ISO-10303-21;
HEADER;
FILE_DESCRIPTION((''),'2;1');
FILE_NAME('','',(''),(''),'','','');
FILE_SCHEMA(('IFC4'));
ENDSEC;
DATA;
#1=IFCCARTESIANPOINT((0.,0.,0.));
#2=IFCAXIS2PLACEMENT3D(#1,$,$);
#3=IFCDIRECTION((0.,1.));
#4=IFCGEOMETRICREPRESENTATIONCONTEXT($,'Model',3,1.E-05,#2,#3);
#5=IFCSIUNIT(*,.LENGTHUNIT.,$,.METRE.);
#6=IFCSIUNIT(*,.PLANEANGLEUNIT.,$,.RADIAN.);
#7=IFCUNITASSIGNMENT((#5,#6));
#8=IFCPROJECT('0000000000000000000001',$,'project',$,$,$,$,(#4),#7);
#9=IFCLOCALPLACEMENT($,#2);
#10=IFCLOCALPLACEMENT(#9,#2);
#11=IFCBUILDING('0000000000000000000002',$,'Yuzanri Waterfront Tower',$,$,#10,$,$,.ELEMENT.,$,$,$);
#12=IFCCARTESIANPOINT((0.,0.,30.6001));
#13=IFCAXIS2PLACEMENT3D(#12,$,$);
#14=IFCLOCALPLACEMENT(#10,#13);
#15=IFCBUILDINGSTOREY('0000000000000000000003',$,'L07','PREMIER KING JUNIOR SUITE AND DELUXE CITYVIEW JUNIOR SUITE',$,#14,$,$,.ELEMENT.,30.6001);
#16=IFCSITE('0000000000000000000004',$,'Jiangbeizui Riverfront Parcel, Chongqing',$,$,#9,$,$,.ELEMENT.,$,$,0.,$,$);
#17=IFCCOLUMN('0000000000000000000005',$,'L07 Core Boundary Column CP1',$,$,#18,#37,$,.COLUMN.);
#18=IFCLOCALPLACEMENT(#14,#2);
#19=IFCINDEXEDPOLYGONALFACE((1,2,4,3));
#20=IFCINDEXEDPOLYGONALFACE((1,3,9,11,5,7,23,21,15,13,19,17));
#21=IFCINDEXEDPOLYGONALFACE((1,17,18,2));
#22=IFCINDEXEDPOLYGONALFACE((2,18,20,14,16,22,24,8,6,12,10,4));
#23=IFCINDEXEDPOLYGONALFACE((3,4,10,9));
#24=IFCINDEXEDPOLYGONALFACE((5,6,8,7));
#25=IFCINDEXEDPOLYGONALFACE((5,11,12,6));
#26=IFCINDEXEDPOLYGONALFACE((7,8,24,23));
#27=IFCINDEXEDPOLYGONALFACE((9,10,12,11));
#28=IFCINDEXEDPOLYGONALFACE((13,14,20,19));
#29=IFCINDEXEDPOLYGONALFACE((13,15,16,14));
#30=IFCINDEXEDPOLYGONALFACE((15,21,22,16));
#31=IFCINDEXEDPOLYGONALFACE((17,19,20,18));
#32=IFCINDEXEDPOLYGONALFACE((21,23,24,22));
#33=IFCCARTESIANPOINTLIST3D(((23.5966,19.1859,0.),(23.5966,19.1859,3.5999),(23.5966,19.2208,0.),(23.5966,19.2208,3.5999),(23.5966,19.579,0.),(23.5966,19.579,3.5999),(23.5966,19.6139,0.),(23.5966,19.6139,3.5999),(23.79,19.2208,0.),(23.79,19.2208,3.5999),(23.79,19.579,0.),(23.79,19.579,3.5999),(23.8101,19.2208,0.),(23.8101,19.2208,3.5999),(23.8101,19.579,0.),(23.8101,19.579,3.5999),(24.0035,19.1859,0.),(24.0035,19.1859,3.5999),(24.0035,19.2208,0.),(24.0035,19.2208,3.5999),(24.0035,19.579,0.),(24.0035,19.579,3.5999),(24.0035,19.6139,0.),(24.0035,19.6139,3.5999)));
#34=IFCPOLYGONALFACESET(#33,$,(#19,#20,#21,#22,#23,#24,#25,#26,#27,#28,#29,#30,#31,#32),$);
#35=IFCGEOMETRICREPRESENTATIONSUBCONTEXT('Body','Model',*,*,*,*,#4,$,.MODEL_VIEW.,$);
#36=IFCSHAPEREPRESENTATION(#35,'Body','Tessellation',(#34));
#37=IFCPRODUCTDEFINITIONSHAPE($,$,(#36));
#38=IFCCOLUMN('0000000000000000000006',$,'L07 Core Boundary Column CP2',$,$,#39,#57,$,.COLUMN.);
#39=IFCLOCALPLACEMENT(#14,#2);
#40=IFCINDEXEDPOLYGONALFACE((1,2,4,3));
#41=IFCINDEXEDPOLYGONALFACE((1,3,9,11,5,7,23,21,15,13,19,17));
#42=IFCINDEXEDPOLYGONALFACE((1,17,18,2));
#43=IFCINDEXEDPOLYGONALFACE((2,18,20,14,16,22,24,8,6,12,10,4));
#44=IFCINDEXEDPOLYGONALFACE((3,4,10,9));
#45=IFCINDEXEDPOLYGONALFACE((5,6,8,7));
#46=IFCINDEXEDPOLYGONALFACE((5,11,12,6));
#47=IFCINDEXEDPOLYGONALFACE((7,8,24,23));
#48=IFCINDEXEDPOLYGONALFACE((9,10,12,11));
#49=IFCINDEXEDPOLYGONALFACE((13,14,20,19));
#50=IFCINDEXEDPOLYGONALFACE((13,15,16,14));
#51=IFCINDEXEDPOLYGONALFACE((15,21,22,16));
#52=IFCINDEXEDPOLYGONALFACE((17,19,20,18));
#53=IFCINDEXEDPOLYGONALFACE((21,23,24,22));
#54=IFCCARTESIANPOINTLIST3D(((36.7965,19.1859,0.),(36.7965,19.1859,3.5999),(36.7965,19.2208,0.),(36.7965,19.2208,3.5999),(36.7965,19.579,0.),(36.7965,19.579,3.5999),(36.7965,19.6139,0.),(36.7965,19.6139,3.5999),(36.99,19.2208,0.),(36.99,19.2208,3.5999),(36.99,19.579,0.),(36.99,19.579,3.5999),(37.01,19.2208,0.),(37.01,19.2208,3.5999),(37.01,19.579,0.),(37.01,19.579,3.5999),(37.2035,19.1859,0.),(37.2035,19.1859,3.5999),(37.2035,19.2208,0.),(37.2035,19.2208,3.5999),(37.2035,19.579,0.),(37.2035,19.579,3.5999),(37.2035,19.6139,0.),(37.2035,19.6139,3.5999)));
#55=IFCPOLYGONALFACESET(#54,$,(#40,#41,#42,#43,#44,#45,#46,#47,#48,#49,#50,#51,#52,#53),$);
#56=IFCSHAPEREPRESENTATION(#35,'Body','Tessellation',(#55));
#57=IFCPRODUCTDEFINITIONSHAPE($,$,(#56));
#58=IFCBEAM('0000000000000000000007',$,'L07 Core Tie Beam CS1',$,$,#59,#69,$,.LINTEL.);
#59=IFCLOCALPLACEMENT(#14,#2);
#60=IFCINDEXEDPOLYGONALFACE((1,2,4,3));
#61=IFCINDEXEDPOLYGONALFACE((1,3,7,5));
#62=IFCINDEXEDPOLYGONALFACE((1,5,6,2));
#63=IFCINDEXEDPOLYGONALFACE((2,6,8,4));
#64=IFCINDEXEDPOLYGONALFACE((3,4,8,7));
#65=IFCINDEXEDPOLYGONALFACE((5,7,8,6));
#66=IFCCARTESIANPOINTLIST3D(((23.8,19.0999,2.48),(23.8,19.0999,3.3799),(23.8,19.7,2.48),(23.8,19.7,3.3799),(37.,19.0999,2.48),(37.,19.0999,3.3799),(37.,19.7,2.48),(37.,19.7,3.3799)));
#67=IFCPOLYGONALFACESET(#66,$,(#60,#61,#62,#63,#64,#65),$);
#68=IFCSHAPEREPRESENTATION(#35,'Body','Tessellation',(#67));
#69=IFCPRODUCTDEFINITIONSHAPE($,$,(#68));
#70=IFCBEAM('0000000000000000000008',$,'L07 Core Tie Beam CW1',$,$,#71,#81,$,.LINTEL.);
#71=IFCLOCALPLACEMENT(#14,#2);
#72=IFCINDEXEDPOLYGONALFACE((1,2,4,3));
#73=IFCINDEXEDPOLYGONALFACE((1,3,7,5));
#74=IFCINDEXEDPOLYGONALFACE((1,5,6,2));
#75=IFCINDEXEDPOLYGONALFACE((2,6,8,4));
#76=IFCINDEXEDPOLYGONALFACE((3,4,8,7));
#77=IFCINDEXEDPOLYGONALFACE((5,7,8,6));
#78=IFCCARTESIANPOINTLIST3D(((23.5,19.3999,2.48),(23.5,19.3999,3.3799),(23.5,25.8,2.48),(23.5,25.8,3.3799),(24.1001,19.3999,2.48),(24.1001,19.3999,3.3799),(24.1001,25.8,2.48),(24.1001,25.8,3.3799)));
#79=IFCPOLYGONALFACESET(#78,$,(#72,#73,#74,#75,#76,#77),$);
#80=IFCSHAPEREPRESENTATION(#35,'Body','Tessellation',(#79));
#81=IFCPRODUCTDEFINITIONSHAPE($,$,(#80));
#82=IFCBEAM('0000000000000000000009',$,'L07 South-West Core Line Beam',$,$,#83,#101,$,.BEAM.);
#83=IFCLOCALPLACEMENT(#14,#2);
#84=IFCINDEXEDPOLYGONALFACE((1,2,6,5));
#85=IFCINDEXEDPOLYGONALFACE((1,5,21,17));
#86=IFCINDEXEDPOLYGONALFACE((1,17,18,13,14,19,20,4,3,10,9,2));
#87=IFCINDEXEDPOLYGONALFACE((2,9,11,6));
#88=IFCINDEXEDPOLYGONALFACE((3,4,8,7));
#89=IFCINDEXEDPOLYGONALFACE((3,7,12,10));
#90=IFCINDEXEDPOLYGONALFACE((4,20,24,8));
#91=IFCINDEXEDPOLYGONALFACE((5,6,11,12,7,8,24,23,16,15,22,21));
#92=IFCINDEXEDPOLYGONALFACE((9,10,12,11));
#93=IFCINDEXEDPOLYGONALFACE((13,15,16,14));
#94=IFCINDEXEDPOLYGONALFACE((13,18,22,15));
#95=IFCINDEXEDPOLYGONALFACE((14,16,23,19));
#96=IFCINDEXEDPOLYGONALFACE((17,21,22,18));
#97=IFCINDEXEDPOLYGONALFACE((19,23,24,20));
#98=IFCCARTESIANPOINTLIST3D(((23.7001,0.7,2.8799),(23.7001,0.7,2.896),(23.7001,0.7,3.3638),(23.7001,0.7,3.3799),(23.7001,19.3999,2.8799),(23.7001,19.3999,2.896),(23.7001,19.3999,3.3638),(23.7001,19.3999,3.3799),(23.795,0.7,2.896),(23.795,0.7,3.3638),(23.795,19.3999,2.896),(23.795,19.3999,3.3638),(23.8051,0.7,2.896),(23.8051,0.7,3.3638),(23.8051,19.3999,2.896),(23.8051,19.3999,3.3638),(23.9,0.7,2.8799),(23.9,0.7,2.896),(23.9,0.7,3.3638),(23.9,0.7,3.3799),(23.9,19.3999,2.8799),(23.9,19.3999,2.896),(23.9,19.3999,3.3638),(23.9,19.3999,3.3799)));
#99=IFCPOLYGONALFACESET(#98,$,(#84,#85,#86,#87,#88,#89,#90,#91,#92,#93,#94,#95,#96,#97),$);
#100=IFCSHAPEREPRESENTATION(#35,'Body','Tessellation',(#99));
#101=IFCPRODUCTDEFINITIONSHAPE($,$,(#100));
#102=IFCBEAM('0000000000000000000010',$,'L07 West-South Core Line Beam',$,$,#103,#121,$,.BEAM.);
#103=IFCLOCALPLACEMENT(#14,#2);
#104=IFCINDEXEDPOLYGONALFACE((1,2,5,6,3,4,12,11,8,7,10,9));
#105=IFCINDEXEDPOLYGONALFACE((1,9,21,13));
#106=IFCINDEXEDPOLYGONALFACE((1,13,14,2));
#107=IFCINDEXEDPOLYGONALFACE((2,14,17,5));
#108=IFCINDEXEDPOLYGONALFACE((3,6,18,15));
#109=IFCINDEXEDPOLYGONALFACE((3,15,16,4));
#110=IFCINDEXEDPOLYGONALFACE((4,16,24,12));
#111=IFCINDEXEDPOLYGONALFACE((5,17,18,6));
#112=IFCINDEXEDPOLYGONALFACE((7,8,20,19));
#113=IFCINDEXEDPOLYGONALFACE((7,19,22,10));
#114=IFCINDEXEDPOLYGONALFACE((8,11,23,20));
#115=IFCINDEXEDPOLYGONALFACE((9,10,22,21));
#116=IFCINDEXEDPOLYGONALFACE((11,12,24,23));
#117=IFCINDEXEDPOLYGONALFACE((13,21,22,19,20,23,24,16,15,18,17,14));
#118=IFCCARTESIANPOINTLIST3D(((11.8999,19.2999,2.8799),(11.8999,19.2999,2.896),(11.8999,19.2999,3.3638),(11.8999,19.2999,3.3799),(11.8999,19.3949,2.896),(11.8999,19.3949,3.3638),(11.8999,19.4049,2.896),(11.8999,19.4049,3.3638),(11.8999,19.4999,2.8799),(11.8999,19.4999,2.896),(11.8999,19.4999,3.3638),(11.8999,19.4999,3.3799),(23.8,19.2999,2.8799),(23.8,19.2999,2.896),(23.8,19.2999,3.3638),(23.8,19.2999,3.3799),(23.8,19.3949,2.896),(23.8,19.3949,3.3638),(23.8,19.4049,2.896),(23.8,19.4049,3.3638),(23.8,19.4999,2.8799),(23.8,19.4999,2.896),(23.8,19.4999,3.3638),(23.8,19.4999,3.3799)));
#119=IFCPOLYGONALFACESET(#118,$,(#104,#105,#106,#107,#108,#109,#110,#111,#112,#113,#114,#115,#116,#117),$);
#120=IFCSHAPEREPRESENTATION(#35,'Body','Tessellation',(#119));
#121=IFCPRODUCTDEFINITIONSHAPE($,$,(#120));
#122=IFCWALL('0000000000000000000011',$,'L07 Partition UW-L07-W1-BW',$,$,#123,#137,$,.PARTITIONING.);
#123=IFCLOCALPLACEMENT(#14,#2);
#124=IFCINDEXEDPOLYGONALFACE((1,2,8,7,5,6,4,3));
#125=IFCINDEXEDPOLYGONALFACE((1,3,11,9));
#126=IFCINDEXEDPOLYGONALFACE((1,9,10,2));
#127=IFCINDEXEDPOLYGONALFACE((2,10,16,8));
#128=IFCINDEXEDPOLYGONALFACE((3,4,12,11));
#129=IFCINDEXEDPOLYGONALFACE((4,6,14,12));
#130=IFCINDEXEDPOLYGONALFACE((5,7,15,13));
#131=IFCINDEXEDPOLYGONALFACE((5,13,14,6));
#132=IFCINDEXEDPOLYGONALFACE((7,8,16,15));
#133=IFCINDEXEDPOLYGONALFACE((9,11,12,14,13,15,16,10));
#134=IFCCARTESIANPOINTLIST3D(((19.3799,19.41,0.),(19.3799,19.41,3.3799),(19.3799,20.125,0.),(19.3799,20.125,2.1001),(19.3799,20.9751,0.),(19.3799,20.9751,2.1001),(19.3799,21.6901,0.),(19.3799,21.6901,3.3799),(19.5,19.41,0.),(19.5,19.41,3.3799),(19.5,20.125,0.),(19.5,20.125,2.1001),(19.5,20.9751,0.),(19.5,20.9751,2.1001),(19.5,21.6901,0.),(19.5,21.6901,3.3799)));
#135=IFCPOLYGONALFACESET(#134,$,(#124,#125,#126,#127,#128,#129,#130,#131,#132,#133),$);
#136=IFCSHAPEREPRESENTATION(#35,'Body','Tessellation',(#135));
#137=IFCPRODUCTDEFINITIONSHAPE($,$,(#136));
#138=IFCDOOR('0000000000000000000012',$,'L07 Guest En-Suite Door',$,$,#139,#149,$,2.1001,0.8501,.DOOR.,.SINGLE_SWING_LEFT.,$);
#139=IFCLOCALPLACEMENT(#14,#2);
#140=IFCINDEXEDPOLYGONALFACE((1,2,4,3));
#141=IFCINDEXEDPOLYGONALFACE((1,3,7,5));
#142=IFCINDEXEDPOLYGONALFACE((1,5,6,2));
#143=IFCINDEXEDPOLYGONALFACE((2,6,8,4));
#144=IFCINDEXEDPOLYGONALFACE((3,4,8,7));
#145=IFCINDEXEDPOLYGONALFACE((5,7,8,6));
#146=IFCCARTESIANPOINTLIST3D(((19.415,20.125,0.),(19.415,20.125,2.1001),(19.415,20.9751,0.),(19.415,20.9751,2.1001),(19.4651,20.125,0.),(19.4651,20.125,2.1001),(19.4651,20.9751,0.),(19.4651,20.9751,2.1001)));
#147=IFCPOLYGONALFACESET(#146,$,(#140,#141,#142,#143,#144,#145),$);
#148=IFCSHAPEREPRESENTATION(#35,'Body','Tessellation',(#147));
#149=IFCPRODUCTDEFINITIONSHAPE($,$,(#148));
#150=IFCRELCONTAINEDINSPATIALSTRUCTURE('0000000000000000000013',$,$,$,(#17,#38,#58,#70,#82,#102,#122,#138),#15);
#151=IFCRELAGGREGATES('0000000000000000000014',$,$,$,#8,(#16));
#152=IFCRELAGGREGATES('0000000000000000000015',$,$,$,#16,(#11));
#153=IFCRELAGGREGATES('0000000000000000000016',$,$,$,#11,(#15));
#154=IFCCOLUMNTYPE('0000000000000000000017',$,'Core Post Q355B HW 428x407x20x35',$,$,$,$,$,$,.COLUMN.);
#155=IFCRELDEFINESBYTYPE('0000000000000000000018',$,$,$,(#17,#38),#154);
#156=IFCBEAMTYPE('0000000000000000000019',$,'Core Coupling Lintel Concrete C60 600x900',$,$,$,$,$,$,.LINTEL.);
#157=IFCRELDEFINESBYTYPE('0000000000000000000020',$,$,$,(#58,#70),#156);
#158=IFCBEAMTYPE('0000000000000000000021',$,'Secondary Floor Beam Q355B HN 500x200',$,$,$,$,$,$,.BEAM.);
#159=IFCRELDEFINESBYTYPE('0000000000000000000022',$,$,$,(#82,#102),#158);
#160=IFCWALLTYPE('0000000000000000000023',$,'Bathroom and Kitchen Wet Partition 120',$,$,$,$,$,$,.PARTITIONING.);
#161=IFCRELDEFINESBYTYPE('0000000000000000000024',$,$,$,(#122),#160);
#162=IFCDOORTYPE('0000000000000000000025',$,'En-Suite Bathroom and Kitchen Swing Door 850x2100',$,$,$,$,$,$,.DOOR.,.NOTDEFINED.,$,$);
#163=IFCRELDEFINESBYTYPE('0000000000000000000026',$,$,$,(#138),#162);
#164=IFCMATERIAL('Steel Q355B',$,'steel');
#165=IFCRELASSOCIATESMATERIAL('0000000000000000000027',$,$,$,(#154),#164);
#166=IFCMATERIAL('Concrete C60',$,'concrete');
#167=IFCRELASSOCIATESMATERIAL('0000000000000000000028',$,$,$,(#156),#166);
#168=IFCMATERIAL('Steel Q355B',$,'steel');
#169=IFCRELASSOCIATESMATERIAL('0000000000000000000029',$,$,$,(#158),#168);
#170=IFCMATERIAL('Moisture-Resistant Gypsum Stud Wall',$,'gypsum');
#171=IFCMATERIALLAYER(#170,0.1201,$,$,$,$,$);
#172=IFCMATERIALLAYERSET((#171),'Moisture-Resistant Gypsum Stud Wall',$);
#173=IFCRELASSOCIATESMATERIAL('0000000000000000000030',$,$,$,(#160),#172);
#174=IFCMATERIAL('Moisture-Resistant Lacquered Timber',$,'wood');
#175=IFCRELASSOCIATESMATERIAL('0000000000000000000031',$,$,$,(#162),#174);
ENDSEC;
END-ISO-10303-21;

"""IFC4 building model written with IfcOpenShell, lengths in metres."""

from ifc_helpers import new_model, si_unit, direction, frame, frame_2d, origin, origin_2d, place, context, subcontext, project, spatial, rectangle, i_section, extrude, source, transform, mapped, material, layer, layer_set, material_profile, profile_set, type_object, element, fill, save


model = new_model("IFC4")

# Units and contexts
model_context = context("Model", 3, precision=1e-05, world=origin(), true_north=direction((0.0, 1.0)))
body_context = subcontext(model_context, "Body", "Model", "MODEL_VIEW")
ifc_project = project(units=[si_unit("LENGTHUNIT", "METRE"), si_unit("PLANEANGLEUNIT", "RADIAN")], contexts=[model_context])

# Site, building, storey
site_placement = place(None, origin())
site = spatial("IfcSite", under=ifc_project, at=site_placement, Name="Jiangbeizui Riverfront Parcel, Chongqing", CompositionType="ELEMENT", RefElevation=0.0)
building_placement = place(site_placement, origin())
building = spatial("IfcBuilding", under=site, at=building_placement, Name="Yuzanri Waterfront Tower", CompositionType="ELEMENT")
storey_placement = place(building_placement, frame((0.0, 0.0, 30.6001)))
storey = spatial("IfcBuildingStorey", under=building, at=storey_placement, Name="L07", Description="PREMIER KING JUNIOR SUITE AND DELUXE CITYVIEW JUNIOR SUITE", CompositionType="ELEMENT", Elevation=30.6001)

# Columns
ifc_material_1 = material(Name="Steel Q355B", Category="steel")
ifc_material_profile_1 = material_profile(ifc_material_1, i_section(OverallWidth=0.407, OverallDepth=0.428, WebThickness=0.02, FlangeThickness=0.0349, at=origin_2d()), Name="HW 428x407x20x35")
ifc_profile_set_1 = profile_set([ifc_material_profile_1], Name="Steel Q355B")
column_type = type_object("IfcColumnType", Name="Core Post Q355B HW 428x407x20x35", PredefinedType="COLUMN", material=ifc_profile_set_1)
shared_shape_1 = source(origin(), body_context, "Body", "SweptSolid", [
    extrude(i_section(OverallWidth=0.407, OverallDepth=0.428, WebThickness=0.02, FlangeThickness=0.0349, at=origin_2d()), origin(), (0.0, 0.0, 1.0), 3.5999),
])
for number, where, z_axis, x_axis, name in (
    (1, (23.8, 19.3999, 0.0), (0.0, 0.0, 1.0), (1.0, 0.0, 0.0), "L07 Core Boundary Column CP1"),
    (2, (37.0, 19.3999, 0.0), (0.0, 0.0, 1.0), (1.0, 0.0, 0.0), "L07 Core Boundary Column CP2"),
):
    element("IfcColumn", number, at=place(storey_placement, frame(where, z_axis=z_axis, x_axis=x_axis)), inside=storey, type_object=column_type, Name=name, PredefinedType="COLUMN", context=body_context, shape_type="MappedRepresentation", body=[
        mapped(shared_shape_1, transform((0.0, 0.0, 0.0), scale=1.0)),
    ])

# Beams
ifc_material_2 = material(Name="Concrete C60", Category="concrete")
ifc_material_profile_2 = material_profile(ifc_material_2, rectangle(XDim=0.6001, YDim=0.8999, at=origin_2d()), Name="RC 600x900")
ifc_profile_set_2 = profile_set([ifc_material_profile_2], Name="Concrete C60")
beam_type_1 = type_object("IfcBeamType", Name="Core Coupling Lintel Concrete C60 600x900", PredefinedType="LINTEL", material=ifc_profile_set_2)
shared_shape_2 = source(origin(), body_context, "Body", "SweptSolid", [
    extrude(rectangle(XDim=0.6001, YDim=0.8999, at=origin_2d()), origin(), (0.0, 0.0, 1.0), 13.2),
])
beam_1_placement = place(storey_placement, frame((23.8, 19.3999, 2.9299), z_axis=(1.0, 0.0, 0.0), x_axis=(0.0, 1.0, 0.0)))
element("IfcBeam", 3, at=beam_1_placement, inside=storey, type_object=beam_type_1, Name="L07 Core Tie Beam CS1", PredefinedType="LINTEL", context=body_context, shape_type="MappedRepresentation", body=[
    mapped(shared_shape_2, transform((0.0, 0.0, 0.0), scale=1.0)),
])
shared_shape_3 = source(origin(), body_context, "Body", "SweptSolid", [
    extrude(rectangle(XDim=0.6001, YDim=0.8999, at=origin_2d()), origin(), (0.0, 0.0, 1.0), 6.4001),
])
beam_2_placement = place(storey_placement, frame((23.8, 19.3999, 2.9299), z_axis=(0.0, 1.0, 0.0), x_axis=(-1.0, 0.0, 0.0)))
element("IfcBeam", 4, at=beam_2_placement, inside=storey, type_object=beam_type_1, Name="L07 Core Tie Beam CW1", PredefinedType="LINTEL", context=body_context, shape_type="MappedRepresentation", body=[
    mapped(shared_shape_3, transform((0.0, 0.0, 0.0), scale=1.0)),
])
ifc_material_3 = material(Name="Steel Q355B", Category="steel")
ifc_material_profile_3 = material_profile(ifc_material_3, i_section(OverallWidth=0.2, OverallDepth=0.5, WebThickness=0.01, FlangeThickness=0.0161, at=origin_2d()), Name="HN 500x200x10x16")
ifc_profile_set_3 = profile_set([ifc_material_profile_3], Name="Steel Q355B")
beam_type_2 = type_object("IfcBeamType", Name="Secondary Floor Beam Q355B HN 500x200", PredefinedType="BEAM", material=ifc_profile_set_3)
shared_shape_4 = source(origin(), body_context, "Body", "SweptSolid", [
    extrude(i_section(OverallWidth=0.2, OverallDepth=0.5, WebThickness=0.01, FlangeThickness=0.0161, at=origin_2d()), origin(), (0.0, 0.0, 1.0), 18.7),
])
beam_3_placement = place(storey_placement, frame((23.8, 19.3999, 3.1299), z_axis=(0.0, -1.0, 0.0), x_axis=(1.0, 0.0, 0.0)))
element("IfcBeam", 5, at=beam_3_placement, inside=storey, type_object=beam_type_2, Name="L07 South-West Core Line Beam", PredefinedType="BEAM", context=body_context, shape_type="MappedRepresentation", body=[
    mapped(shared_shape_4, transform((0.0, 0.0, 0.0), scale=1.0)),
])
shared_shape_5 = source(origin(), body_context, "Body", "SweptSolid", [
    extrude(i_section(OverallWidth=0.2, OverallDepth=0.5, WebThickness=0.01, FlangeThickness=0.0161, at=origin_2d()), origin(), (0.0, 0.0, 1.0), 11.9001),
])
beam_4_placement = place(storey_placement, frame((23.8, 19.3999, 3.1299), z_axis=(-1.0, 0.0, 0.0), x_axis=(0.0, -1.0, 0.0)))
element("IfcBeam", 6, at=beam_4_placement, inside=storey, type_object=beam_type_2, Name="L07 West-South Core Line Beam", PredefinedType="BEAM", context=body_context, shape_type="MappedRepresentation", body=[
    mapped(shared_shape_5, transform((0.0, 0.0, 0.0), scale=1.0)),
])

# Wall, opening, door
ifc_material_4 = material(Name="Moisture-Resistant Gypsum Stud Wall", Category="gypsum")
ifc_layer_1 = layer(ifc_material_4, 0.1201)
ifc_layer_set_1 = layer_set([ifc_layer_1], Name="Moisture-Resistant Gypsum Stud Wall")
wall_type_1 = type_object("IfcWallType", Name="Bathroom and Kitchen Wet Partition 120", PredefinedType="PARTITIONING", material=ifc_layer_set_1)
wall_1_placement = place(storey_placement, frame((19.4399, 19.4099, 0.0), z_axis=(0.0, 0.0, 1.0), x_axis=(0.0, 1.0, 0.0)))
wall_1 = element("IfcWall", 7, at=wall_1_placement, inside=storey, type_object=wall_type_1, Name="L07 Partition UW-L07-W1-BW", PredefinedType="PARTITIONING", context=body_context, shape_type="SweptSolid", body=[
    extrude(rectangle(XDim=2.28, YDim=0.1201, at=frame_2d((1.1401, 0.0))), origin(), (0.0, 0.0, 1.0), 3.3799),
])
opening_1_placement = place(wall_1_placement, frame((0.7151, 0.0, 0.0)))
opening_1 = element("IfcOpeningElement", 8, at=opening_1_placement, cuts=wall_1, PredefinedType="OPENING", context=body_context, shape_type="SweptSolid", body=[
    extrude(rectangle(XDim=0.8501, YDim=2.1001, at=frame_2d((0.425, 1.05))), frame((0.0, 0.075, 0.0), z_axis=(0.0, -1.0, 0.0), x_axis=(1.0, 0.0, 0.0)), (0.0, 0.0, 1.0), 0.1499),
])
ifc_material_5 = material(Name="Moisture-Resistant Lacquered Timber", Category="wood")
door_type_1 = type_object("IfcDoorType", Name="En-Suite Bathroom and Kitchen Swing Door 850x2100", OperationType="NOTDEFINED", PredefinedType="DOOR", material=ifc_material_5)
shared_shape_6 = source(origin(), body_context, "Body", "SweptSolid", [
    extrude(rectangle(XDim=0.8501, YDim=2.1001, at=frame_2d((0.425, 1.05))), frame((0.0, 0.0249, 0.0), z_axis=(0.0, -1.0, 0.0), x_axis=(1.0, 0.0, 0.0)), (0.0, 0.0, 1.0), 0.05),
])
door_1_placement = place(opening_1_placement, origin())
door_1 = element("IfcDoor", 9, at=door_1_placement, inside=storey, type_object=door_type_1, Name="L07 Guest En-Suite Door", OperationType="SINGLE_SWING_LEFT", OverallHeight=2.1001, OverallWidth=0.8501, PredefinedType="DOOR", context=body_context, shape_type="MappedRepresentation", body=[
    mapped(shared_shape_6, transform((0.0, 0.0, 0.0), scale=1.0)),
])
fill(opening_1, door_1)

save(model, "model.ifc")
